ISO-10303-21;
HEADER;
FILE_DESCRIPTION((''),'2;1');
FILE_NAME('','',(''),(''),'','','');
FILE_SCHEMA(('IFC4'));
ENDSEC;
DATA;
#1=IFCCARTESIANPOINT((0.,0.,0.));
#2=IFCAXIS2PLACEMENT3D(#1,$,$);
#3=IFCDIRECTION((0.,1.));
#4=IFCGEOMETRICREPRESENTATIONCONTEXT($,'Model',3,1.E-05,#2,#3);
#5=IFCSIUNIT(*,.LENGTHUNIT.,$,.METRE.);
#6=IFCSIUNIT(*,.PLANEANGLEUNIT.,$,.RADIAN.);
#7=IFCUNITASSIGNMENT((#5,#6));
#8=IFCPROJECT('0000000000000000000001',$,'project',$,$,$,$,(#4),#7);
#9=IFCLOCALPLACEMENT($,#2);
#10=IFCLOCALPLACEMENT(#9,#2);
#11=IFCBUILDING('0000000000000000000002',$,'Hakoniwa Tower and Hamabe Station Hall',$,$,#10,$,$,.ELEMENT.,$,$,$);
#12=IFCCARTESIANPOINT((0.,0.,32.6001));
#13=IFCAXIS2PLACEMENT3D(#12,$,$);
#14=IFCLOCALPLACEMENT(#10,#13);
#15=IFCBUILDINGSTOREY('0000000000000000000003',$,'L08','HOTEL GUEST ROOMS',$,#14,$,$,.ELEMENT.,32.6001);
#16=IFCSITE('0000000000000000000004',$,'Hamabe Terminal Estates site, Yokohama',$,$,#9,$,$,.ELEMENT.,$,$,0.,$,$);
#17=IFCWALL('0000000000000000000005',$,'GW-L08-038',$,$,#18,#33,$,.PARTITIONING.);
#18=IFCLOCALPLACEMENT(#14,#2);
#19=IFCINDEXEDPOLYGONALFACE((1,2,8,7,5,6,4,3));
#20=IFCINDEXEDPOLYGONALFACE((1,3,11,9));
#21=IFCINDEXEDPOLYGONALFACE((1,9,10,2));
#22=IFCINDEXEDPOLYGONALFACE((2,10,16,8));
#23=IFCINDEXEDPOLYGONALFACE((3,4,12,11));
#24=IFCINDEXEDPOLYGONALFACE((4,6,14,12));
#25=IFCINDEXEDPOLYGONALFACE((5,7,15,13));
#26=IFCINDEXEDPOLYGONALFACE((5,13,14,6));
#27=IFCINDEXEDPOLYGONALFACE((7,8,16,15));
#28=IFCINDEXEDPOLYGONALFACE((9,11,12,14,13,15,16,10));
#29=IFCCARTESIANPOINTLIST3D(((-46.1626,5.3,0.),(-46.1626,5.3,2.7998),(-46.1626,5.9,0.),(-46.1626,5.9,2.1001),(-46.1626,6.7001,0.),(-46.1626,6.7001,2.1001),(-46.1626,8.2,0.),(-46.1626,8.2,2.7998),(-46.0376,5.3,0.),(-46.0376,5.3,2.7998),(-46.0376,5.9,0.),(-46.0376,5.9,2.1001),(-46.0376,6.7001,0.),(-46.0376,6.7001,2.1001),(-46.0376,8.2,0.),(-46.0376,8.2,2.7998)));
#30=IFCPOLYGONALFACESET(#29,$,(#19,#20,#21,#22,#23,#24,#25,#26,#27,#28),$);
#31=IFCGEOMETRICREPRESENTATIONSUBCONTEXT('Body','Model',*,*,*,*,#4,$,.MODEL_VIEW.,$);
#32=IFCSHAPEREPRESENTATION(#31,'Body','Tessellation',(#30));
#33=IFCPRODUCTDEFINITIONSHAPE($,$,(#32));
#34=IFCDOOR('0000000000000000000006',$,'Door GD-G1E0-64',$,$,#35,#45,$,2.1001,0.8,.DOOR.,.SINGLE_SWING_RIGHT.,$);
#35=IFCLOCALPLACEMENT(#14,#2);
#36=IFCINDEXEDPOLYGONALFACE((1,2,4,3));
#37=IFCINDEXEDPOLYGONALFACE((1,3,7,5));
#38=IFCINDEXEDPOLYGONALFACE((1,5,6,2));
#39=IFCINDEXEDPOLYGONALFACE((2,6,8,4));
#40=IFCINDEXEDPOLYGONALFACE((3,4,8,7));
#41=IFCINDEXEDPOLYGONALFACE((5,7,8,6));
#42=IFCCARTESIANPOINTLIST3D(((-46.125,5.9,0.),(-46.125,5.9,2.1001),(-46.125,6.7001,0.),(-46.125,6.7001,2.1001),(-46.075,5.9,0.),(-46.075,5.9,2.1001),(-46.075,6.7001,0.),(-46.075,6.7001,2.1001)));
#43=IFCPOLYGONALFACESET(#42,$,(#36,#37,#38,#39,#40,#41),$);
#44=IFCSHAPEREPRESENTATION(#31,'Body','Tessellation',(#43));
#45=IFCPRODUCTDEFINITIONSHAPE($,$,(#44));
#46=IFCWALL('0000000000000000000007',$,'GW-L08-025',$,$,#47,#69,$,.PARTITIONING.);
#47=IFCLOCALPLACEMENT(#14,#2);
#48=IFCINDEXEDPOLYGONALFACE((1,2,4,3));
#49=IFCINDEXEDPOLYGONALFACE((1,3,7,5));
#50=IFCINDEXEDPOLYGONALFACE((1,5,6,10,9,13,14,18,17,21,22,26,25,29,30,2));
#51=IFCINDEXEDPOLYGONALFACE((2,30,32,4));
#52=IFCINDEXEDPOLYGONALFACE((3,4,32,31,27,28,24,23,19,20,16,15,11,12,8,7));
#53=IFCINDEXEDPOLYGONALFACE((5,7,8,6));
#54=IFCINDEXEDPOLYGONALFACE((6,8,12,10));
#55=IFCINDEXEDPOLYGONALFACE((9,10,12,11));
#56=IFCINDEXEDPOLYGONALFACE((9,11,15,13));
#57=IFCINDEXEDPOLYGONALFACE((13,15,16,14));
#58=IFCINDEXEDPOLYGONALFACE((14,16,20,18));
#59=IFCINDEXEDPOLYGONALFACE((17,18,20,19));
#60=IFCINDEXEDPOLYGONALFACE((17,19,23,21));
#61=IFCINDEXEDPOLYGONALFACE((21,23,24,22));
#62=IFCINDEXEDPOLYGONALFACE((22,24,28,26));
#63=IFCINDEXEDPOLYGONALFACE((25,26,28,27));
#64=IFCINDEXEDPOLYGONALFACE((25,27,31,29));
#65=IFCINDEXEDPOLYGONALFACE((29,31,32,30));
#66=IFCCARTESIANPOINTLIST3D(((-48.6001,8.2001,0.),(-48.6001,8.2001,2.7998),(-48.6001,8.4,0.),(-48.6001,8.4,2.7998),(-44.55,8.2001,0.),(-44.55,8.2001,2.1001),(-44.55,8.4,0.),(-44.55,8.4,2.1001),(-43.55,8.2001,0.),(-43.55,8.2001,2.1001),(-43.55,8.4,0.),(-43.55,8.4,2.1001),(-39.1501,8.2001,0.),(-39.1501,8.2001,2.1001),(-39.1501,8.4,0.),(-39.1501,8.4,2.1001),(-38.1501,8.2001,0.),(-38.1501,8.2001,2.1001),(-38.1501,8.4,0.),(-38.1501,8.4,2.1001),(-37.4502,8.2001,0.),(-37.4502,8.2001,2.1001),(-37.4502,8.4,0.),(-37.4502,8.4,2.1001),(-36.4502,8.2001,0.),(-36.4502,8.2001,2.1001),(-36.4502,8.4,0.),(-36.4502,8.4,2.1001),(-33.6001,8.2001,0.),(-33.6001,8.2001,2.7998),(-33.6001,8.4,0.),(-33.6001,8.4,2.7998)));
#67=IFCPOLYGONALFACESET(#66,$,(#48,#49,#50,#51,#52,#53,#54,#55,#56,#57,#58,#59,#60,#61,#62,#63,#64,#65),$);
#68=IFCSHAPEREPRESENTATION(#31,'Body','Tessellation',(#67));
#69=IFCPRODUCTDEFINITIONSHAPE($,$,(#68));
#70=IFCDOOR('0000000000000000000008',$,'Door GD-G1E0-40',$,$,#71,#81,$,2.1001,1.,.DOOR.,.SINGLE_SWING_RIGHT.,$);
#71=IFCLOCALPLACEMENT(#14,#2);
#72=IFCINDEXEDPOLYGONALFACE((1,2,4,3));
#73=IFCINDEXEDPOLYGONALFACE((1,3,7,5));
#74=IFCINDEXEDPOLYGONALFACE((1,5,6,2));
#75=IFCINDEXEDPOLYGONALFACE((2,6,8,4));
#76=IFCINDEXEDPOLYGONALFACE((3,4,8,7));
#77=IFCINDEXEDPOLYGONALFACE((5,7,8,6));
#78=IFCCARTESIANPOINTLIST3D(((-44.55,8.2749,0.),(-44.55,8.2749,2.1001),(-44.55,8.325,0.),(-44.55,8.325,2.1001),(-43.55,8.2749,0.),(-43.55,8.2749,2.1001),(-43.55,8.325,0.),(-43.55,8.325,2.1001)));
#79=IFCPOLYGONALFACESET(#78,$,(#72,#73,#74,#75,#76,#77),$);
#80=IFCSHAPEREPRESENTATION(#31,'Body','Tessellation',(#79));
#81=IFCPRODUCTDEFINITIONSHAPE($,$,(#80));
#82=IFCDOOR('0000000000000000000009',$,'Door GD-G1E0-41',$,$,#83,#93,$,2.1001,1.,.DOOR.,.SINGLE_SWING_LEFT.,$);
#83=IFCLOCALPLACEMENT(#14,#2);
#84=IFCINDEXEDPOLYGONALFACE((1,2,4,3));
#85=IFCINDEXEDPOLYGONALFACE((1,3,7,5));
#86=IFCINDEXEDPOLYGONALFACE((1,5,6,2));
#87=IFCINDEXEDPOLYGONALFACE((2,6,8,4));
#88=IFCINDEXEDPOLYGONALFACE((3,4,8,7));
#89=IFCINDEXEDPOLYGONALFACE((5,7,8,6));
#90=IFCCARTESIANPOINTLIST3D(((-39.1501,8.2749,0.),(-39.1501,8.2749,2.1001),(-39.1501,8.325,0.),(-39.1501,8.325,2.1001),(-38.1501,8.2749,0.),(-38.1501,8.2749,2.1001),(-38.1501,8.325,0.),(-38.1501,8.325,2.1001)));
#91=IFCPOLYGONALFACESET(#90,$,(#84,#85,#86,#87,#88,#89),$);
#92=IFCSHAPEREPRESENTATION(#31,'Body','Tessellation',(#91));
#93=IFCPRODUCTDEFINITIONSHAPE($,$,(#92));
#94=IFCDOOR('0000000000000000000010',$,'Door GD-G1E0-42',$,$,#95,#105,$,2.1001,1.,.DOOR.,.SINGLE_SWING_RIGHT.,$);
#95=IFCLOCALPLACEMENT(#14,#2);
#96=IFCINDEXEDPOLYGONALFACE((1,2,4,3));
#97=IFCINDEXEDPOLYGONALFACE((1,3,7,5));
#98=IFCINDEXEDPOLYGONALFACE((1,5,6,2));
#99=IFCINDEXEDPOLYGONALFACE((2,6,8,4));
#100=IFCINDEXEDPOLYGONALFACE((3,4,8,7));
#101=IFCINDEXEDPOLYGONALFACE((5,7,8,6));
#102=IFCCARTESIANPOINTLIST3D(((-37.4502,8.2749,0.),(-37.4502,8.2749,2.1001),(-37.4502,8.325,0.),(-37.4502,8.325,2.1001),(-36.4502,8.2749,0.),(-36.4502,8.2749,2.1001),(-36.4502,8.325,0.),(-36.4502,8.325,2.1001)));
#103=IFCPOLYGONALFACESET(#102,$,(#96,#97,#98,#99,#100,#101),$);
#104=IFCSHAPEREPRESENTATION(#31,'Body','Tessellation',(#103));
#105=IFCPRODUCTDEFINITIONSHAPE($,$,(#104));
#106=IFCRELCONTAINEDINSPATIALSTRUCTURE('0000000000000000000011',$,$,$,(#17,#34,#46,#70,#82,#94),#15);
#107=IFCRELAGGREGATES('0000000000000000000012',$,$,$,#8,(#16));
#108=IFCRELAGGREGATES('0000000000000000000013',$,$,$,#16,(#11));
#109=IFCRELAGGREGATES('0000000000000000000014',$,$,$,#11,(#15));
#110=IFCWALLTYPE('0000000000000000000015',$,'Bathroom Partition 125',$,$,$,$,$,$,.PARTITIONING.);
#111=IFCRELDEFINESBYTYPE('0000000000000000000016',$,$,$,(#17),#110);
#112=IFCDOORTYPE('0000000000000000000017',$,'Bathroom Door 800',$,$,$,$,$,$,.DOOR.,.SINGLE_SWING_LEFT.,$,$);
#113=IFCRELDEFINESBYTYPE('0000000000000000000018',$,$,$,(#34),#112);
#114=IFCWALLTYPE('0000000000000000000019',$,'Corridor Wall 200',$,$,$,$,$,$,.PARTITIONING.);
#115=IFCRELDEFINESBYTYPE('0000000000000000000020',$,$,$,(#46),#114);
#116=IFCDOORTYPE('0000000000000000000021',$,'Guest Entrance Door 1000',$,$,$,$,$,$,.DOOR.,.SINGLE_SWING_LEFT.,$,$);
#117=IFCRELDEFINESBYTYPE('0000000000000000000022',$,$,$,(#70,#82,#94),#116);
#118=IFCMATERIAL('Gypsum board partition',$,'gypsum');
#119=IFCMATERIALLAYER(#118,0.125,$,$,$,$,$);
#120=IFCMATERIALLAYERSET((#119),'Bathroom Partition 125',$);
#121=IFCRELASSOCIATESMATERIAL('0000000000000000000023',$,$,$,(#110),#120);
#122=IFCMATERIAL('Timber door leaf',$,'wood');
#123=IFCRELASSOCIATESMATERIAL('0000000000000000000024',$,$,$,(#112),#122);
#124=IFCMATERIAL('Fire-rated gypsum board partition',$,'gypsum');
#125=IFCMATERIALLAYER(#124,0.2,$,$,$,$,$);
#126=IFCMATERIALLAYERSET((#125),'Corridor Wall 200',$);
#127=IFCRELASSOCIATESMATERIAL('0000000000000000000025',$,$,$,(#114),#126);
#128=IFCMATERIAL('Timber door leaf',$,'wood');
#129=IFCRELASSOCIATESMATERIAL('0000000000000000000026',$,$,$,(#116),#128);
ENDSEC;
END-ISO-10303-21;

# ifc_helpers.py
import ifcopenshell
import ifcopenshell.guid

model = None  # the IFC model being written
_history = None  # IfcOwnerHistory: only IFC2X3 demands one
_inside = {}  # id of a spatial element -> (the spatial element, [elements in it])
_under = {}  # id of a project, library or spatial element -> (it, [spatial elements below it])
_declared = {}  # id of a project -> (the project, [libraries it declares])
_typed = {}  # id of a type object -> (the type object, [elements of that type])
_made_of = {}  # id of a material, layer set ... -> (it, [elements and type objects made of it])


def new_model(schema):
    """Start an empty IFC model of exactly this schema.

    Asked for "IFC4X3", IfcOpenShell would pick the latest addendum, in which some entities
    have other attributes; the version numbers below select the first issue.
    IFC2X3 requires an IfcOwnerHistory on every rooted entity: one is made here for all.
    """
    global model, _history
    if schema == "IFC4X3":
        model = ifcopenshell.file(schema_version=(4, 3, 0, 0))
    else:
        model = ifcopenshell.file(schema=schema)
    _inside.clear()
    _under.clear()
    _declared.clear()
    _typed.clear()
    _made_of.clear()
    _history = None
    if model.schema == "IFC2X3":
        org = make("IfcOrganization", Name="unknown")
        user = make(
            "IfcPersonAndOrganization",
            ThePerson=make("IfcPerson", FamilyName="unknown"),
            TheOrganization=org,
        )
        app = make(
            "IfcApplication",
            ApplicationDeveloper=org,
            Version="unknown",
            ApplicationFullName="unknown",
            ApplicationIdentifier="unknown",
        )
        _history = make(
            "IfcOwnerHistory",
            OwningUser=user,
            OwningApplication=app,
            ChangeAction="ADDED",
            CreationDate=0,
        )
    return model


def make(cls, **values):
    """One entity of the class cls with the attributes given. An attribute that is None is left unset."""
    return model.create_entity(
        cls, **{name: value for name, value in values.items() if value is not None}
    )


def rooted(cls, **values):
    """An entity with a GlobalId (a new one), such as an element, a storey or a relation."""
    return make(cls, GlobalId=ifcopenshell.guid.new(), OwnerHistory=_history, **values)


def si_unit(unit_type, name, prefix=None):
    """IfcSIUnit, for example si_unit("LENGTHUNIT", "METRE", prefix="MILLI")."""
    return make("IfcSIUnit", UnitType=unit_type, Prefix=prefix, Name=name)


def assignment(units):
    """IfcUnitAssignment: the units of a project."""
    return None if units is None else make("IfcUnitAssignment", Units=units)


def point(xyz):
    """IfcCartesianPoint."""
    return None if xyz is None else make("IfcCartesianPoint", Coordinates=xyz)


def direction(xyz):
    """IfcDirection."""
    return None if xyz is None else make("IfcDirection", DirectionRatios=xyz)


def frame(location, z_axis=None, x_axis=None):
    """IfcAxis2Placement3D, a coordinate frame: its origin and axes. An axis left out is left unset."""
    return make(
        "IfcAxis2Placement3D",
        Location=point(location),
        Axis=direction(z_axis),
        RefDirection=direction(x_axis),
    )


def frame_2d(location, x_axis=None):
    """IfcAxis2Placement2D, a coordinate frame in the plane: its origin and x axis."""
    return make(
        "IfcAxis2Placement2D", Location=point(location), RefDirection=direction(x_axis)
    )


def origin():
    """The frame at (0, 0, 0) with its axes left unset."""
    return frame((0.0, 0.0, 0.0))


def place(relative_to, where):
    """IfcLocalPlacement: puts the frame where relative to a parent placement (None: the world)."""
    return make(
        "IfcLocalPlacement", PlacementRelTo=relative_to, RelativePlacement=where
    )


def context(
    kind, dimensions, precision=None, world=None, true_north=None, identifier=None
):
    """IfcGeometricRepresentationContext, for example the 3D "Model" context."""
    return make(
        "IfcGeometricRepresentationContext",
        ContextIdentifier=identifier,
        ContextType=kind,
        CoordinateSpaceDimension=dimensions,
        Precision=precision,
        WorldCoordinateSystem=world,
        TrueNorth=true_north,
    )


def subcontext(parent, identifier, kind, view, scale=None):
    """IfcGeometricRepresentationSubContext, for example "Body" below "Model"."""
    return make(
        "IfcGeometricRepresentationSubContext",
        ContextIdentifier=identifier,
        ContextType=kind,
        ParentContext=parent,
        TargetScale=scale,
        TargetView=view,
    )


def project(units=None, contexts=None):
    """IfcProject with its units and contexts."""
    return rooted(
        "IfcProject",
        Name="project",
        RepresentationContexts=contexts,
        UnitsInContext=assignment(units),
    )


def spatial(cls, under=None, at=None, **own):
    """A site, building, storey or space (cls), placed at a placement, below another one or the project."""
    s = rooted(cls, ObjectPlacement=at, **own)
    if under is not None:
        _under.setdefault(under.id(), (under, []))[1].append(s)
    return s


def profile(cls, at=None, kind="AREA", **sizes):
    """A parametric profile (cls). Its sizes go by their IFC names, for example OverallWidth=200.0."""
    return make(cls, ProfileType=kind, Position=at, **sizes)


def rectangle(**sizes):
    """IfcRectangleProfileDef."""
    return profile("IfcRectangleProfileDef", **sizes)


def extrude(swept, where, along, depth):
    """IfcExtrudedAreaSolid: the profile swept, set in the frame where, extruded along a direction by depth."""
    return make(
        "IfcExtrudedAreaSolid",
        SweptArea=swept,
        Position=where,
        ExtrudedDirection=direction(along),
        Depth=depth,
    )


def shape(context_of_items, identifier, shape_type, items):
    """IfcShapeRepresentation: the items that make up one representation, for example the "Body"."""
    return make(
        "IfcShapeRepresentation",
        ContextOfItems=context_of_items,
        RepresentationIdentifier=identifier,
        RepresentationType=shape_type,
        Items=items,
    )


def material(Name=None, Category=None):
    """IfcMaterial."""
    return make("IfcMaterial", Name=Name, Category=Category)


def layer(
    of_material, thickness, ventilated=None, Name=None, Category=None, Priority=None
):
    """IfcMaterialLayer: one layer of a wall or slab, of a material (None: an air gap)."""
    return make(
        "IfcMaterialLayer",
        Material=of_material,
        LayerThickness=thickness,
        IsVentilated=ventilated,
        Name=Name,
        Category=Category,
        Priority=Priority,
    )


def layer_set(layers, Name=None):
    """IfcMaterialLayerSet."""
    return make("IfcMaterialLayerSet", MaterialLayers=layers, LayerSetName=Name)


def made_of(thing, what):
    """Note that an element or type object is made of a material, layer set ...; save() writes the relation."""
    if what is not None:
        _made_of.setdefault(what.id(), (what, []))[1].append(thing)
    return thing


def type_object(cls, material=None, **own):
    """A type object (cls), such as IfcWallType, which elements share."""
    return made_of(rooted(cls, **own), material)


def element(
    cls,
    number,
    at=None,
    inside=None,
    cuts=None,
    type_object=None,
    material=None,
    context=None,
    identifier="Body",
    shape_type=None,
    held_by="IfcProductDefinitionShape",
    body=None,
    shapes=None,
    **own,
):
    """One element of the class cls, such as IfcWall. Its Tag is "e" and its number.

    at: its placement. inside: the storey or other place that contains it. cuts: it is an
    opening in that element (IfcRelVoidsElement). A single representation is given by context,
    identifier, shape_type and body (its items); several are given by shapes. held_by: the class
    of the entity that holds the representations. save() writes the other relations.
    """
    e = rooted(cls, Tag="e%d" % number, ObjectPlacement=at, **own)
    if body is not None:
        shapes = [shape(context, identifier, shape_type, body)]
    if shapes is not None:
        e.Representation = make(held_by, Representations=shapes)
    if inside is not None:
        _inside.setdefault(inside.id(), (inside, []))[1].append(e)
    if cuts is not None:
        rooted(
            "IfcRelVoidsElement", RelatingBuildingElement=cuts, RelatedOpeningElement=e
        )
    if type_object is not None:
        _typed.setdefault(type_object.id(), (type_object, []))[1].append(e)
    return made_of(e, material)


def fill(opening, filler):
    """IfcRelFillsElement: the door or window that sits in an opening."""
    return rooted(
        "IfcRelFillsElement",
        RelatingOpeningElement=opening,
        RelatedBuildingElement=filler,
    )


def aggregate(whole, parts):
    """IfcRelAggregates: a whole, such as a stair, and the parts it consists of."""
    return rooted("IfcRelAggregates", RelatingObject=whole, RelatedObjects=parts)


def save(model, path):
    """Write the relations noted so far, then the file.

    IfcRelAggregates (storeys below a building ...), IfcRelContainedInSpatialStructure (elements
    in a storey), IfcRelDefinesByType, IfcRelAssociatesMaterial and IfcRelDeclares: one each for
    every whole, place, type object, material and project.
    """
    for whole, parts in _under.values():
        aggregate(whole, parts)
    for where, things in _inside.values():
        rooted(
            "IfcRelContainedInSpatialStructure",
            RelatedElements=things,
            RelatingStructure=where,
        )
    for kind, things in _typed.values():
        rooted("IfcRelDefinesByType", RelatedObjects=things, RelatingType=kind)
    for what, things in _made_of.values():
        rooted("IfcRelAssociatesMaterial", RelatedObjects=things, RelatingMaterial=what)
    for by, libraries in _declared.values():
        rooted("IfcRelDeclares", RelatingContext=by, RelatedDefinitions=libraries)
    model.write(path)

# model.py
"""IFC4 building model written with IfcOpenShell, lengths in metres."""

from ifc_helpers import new_model, si_unit, direction, frame, frame_2d, origin, place, context, subcontext, project, spatial, rectangle, extrude, material, layer, layer_set, type_object, element, fill, save


model = new_model("IFC4")

# Units and contexts
model_context = context("Model", 3, precision=1e-05, world=origin(), true_north=direction((0.0, 1.0)))
body_context = subcontext(model_context, "Body", "Model", "MODEL_VIEW")
ifc_project = project(units=[si_unit("LENGTHUNIT", "METRE"), si_unit("PLANEANGLEUNIT", "RADIAN")], contexts=[model_context])

# Site, building, storey
site_placement = place(None, origin())
site = spatial("IfcSite", under=ifc_project, at=site_placement, Name="Hamabe Terminal Estates site, Yokohama", CompositionType="ELEMENT", RefElevation=0.0)
building_placement = place(site_placement, origin())
building = spatial("IfcBuilding", under=site, at=building_placement, Name="Hakoniwa Tower and Hamabe Station Hall", CompositionType="ELEMENT")
storey_placement = place(building_placement, frame((0.0, 0.0, 32.6001)))
storey = spatial("IfcBuildingStorey", under=building, at=storey_placement, Name="L08", Description="HOTEL GUEST ROOMS", CompositionType="ELEMENT", Elevation=32.6001)

# Shared definitions
ifc_material_1 = material(Name="Gypsum board partition", Category="gypsum")
ifc_layer_1 = layer(ifc_material_1, 0.125)
ifc_layer_set_1 = layer_set([ifc_layer_1], Name="Bathroom Partition 125")
wall_type_1 = type_object("IfcWallType", Name="Bathroom Partition 125", PredefinedType="PARTITIONING", material=ifc_layer_set_1)

# Wall, opening, door
wall_1_placement = place(storey_placement, frame((-46.1001, 5.3, 0.0), z_axis=(0.0, 0.0, 1.0), x_axis=(0.0, 1.0, 0.0)))
wall_1 = element("IfcWall", 1, at=wall_1_placement, inside=storey, type_object=wall_type_1, Name="GW-L08-038", PredefinedType="PARTITIONING", context=body_context, shape_type="SweptSolid", body=[
    extrude(rectangle(XDim=2.8999, YDim=0.125, at=frame_2d((1.45, 0.0))), origin(), (0.0, 0.0, 1.0), 2.7998),
])
opening_1_placement = place(wall_1_placement, frame((0.6001, 0.0, 0.0)))
opening_1 = element("IfcOpeningElement", 2, at=opening_1_placement, cuts=wall_1, PredefinedType="OPENING", context=body_context, shape_type="SweptSolid", body=[
    extrude(rectangle(XDim=0.8, YDim=2.1001, at=frame_2d((0.3999, 1.05))), frame((0.0, 0.0725, 0.0), z_axis=(0.0, -1.0, 0.0), x_axis=(1.0, 0.0, 0.0)), (0.0, 0.0, 1.0), 0.145),
])
ifc_material_2 = material(Name="Timber door leaf", Category="wood")
door_type_1 = type_object("IfcDoorType", Name="Bathroom Door 800", OperationType="SINGLE_SWING_LEFT", PredefinedType="DOOR", material=ifc_material_2)
door_1_placement = place(opening_1_placement, origin())
door_1 = element("IfcDoor", 3, at=door_1_placement, inside=storey, type_object=door_type_1, Name="Door GD-G1E0-64", OperationType="SINGLE_SWING_RIGHT", OverallHeight=2.1001, OverallWidth=0.8, PredefinedType="DOOR", context=body_context, shape_type="SweptSolid", body=[
    extrude(rectangle(XDim=0.8, YDim=2.1001, at=frame_2d((0.3999, 1.05))), frame((0.0, 0.0249, 0.0), z_axis=(0.0, -1.0, 0.0), x_axis=(1.0, 0.0, 0.0)), (0.0, 0.0, 1.0), 0.05),
])
fill(opening_1, door_1)

# Wall, openings, doors
ifc_material_3 = material(Name="Fire-rated gypsum board partition", Category="gypsum")
ifc_layer_2 = layer(ifc_material_3, 0.2)
ifc_layer_set_2 = layer_set([ifc_layer_2], Name="Corridor Wall 200")
wall_type_2 = type_object("IfcWallType", Name="Corridor Wall 200", PredefinedType="PARTITIONING", material=ifc_layer_set_2)
wall_2_placement = place(storey_placement, frame((-48.6001, 8.3, 0.0), z_axis=(0.0, 0.0, 1.0), x_axis=(1.0, 0.0, 0.0)))
wall_2 = element("IfcWall", 4, at=wall_2_placement, inside=storey, type_object=wall_type_2, Name="GW-L08-025", PredefinedType="PARTITIONING", context=body_context, shape_type="SweptSolid", body=[
    extrude(rectangle(XDim=15.0, YDim=0.2, at=frame_2d((7.5, 0.0))), origin(), (0.0, 0.0, 1.0), 2.7998),
])
opening_2_placement = place(wall_2_placement, frame((4.05, 0.0, 0.0)))
opening_2 = element("IfcOpeningElement", 5, at=opening_2_placement, cuts=wall_2, PredefinedType="OPENING", context=body_context, shape_type="SweptSolid", body=[
    extrude(rectangle(XDim=1.0, YDim=2.1001, at=frame_2d((0.5, 1.05))), frame((0.0, 0.1099, 0.0), z_axis=(0.0, -1.0, 0.0), x_axis=(1.0, 0.0, 0.0)), (0.0, 0.0, 1.0), 0.22),
])
opening_3_placement = place(wall_2_placement, frame((9.45, 0.0, 0.0)))
opening_3 = element("IfcOpeningElement", 6, at=opening_3_placement, cuts=wall_2, PredefinedType="OPENING", context=body_context, shape_type="SweptSolid", body=[
    extrude(rectangle(XDim=1.0, YDim=2.1001, at=frame_2d((0.5, 1.05))), frame((0.0, 0.1099, 0.0), z_axis=(0.0, -1.0, 0.0), x_axis=(1.0, 0.0, 0.0)), (0.0, 0.0, 1.0), 0.22),
])
opening_4_placement = place(wall_2_placement, frame((11.1499, 0.0, 0.0)))
opening_4 = element("IfcOpeningElement", 7, at=opening_4_placement, cuts=wall_2, PredefinedType="OPENING", context=body_context, shape_type="SweptSolid", body=[
    extrude(rectangle(XDim=1.0, YDim=2.1001, at=frame_2d((0.5, 1.05))), frame((0.0, 0.1099, 0.0), z_axis=(0.0, -1.0, 0.0), x_axis=(1.0, 0.0, 0.0)), (0.0, 0.0, 1.0), 0.22),
])
ifc_material_4 = material(Name="Timber door leaf", Category="wood")
door_type_2 = type_object("IfcDoorType", Name="Guest Entrance Door 1000", OperationType="SINGLE_SWING_LEFT", PredefinedType="DOOR", material=ifc_material_4)
door_2_placement = place(opening_2_placement, origin())
door_2 = element("IfcDoor", 8, at=door_2_placement, inside=storey, type_object=door_type_2, Name="Door GD-G1E0-40", OperationType="SINGLE_SWING_RIGHT", OverallHeight=2.1001, OverallWidth=1.0, PredefinedType="DOOR", context=body_context, shape_type="SweptSolid", body=[
    extrude(rectangle(XDim=1.0, YDim=2.1001, at=frame_2d((0.5, 1.05))), frame((0.0, 0.0249, 0.0), z_axis=(0.0, -1.0, 0.0), x_axis=(1.0, 0.0, 0.0)), (0.0, 0.0, 1.0), 0.05),
])
fill(opening_2, door_2)
door_3_placement = place(opening_3_placement, origin())
door_3 = element("IfcDoor", 9, at=door_3_placement, inside=storey, type_object=door_type_2, Name="Door GD-G1E0-41", OperationType="SINGLE_SWING_LEFT", OverallHeight=2.1001, OverallWidth=1.0, PredefinedType="DOOR", context=body_context, shape_type="SweptSolid", body=[
    extrude(rectangle(XDim=1.0, YDim=2.1001, at=frame_2d((0.5, 1.05))), frame((0.0, 0.0249, 0.0), z_axis=(0.0, -1.0, 0.0), x_axis=(1.0, 0.0, 0.0)), (0.0, 0.0, 1.0), 0.05),
])
fill(opening_3, door_3)
door_4_placement = place(opening_4_placement, origin())
door_4 = element("IfcDoor", 10, at=door_4_placement, inside=storey, type_object=door_type_2, Name="Door GD-G1E0-42", OperationType="SINGLE_SWING_RIGHT", OverallHeight=2.1001, OverallWidth=1.0, PredefinedType="DOOR", context=body_context, shape_type="SweptSolid", body=[
    extrude(rectangle(XDim=1.0, YDim=2.1001, at=frame_2d((0.5, 1.05))), frame((0.0, 0.0249, 0.0), z_axis=(0.0, -1.0, 0.0), x_axis=(1.0, 0.0, 0.0)), (0.0, 0.0, 1.0), 0.05),
])
fill(opening_4, door_4)

save(model, "model.ifc")
